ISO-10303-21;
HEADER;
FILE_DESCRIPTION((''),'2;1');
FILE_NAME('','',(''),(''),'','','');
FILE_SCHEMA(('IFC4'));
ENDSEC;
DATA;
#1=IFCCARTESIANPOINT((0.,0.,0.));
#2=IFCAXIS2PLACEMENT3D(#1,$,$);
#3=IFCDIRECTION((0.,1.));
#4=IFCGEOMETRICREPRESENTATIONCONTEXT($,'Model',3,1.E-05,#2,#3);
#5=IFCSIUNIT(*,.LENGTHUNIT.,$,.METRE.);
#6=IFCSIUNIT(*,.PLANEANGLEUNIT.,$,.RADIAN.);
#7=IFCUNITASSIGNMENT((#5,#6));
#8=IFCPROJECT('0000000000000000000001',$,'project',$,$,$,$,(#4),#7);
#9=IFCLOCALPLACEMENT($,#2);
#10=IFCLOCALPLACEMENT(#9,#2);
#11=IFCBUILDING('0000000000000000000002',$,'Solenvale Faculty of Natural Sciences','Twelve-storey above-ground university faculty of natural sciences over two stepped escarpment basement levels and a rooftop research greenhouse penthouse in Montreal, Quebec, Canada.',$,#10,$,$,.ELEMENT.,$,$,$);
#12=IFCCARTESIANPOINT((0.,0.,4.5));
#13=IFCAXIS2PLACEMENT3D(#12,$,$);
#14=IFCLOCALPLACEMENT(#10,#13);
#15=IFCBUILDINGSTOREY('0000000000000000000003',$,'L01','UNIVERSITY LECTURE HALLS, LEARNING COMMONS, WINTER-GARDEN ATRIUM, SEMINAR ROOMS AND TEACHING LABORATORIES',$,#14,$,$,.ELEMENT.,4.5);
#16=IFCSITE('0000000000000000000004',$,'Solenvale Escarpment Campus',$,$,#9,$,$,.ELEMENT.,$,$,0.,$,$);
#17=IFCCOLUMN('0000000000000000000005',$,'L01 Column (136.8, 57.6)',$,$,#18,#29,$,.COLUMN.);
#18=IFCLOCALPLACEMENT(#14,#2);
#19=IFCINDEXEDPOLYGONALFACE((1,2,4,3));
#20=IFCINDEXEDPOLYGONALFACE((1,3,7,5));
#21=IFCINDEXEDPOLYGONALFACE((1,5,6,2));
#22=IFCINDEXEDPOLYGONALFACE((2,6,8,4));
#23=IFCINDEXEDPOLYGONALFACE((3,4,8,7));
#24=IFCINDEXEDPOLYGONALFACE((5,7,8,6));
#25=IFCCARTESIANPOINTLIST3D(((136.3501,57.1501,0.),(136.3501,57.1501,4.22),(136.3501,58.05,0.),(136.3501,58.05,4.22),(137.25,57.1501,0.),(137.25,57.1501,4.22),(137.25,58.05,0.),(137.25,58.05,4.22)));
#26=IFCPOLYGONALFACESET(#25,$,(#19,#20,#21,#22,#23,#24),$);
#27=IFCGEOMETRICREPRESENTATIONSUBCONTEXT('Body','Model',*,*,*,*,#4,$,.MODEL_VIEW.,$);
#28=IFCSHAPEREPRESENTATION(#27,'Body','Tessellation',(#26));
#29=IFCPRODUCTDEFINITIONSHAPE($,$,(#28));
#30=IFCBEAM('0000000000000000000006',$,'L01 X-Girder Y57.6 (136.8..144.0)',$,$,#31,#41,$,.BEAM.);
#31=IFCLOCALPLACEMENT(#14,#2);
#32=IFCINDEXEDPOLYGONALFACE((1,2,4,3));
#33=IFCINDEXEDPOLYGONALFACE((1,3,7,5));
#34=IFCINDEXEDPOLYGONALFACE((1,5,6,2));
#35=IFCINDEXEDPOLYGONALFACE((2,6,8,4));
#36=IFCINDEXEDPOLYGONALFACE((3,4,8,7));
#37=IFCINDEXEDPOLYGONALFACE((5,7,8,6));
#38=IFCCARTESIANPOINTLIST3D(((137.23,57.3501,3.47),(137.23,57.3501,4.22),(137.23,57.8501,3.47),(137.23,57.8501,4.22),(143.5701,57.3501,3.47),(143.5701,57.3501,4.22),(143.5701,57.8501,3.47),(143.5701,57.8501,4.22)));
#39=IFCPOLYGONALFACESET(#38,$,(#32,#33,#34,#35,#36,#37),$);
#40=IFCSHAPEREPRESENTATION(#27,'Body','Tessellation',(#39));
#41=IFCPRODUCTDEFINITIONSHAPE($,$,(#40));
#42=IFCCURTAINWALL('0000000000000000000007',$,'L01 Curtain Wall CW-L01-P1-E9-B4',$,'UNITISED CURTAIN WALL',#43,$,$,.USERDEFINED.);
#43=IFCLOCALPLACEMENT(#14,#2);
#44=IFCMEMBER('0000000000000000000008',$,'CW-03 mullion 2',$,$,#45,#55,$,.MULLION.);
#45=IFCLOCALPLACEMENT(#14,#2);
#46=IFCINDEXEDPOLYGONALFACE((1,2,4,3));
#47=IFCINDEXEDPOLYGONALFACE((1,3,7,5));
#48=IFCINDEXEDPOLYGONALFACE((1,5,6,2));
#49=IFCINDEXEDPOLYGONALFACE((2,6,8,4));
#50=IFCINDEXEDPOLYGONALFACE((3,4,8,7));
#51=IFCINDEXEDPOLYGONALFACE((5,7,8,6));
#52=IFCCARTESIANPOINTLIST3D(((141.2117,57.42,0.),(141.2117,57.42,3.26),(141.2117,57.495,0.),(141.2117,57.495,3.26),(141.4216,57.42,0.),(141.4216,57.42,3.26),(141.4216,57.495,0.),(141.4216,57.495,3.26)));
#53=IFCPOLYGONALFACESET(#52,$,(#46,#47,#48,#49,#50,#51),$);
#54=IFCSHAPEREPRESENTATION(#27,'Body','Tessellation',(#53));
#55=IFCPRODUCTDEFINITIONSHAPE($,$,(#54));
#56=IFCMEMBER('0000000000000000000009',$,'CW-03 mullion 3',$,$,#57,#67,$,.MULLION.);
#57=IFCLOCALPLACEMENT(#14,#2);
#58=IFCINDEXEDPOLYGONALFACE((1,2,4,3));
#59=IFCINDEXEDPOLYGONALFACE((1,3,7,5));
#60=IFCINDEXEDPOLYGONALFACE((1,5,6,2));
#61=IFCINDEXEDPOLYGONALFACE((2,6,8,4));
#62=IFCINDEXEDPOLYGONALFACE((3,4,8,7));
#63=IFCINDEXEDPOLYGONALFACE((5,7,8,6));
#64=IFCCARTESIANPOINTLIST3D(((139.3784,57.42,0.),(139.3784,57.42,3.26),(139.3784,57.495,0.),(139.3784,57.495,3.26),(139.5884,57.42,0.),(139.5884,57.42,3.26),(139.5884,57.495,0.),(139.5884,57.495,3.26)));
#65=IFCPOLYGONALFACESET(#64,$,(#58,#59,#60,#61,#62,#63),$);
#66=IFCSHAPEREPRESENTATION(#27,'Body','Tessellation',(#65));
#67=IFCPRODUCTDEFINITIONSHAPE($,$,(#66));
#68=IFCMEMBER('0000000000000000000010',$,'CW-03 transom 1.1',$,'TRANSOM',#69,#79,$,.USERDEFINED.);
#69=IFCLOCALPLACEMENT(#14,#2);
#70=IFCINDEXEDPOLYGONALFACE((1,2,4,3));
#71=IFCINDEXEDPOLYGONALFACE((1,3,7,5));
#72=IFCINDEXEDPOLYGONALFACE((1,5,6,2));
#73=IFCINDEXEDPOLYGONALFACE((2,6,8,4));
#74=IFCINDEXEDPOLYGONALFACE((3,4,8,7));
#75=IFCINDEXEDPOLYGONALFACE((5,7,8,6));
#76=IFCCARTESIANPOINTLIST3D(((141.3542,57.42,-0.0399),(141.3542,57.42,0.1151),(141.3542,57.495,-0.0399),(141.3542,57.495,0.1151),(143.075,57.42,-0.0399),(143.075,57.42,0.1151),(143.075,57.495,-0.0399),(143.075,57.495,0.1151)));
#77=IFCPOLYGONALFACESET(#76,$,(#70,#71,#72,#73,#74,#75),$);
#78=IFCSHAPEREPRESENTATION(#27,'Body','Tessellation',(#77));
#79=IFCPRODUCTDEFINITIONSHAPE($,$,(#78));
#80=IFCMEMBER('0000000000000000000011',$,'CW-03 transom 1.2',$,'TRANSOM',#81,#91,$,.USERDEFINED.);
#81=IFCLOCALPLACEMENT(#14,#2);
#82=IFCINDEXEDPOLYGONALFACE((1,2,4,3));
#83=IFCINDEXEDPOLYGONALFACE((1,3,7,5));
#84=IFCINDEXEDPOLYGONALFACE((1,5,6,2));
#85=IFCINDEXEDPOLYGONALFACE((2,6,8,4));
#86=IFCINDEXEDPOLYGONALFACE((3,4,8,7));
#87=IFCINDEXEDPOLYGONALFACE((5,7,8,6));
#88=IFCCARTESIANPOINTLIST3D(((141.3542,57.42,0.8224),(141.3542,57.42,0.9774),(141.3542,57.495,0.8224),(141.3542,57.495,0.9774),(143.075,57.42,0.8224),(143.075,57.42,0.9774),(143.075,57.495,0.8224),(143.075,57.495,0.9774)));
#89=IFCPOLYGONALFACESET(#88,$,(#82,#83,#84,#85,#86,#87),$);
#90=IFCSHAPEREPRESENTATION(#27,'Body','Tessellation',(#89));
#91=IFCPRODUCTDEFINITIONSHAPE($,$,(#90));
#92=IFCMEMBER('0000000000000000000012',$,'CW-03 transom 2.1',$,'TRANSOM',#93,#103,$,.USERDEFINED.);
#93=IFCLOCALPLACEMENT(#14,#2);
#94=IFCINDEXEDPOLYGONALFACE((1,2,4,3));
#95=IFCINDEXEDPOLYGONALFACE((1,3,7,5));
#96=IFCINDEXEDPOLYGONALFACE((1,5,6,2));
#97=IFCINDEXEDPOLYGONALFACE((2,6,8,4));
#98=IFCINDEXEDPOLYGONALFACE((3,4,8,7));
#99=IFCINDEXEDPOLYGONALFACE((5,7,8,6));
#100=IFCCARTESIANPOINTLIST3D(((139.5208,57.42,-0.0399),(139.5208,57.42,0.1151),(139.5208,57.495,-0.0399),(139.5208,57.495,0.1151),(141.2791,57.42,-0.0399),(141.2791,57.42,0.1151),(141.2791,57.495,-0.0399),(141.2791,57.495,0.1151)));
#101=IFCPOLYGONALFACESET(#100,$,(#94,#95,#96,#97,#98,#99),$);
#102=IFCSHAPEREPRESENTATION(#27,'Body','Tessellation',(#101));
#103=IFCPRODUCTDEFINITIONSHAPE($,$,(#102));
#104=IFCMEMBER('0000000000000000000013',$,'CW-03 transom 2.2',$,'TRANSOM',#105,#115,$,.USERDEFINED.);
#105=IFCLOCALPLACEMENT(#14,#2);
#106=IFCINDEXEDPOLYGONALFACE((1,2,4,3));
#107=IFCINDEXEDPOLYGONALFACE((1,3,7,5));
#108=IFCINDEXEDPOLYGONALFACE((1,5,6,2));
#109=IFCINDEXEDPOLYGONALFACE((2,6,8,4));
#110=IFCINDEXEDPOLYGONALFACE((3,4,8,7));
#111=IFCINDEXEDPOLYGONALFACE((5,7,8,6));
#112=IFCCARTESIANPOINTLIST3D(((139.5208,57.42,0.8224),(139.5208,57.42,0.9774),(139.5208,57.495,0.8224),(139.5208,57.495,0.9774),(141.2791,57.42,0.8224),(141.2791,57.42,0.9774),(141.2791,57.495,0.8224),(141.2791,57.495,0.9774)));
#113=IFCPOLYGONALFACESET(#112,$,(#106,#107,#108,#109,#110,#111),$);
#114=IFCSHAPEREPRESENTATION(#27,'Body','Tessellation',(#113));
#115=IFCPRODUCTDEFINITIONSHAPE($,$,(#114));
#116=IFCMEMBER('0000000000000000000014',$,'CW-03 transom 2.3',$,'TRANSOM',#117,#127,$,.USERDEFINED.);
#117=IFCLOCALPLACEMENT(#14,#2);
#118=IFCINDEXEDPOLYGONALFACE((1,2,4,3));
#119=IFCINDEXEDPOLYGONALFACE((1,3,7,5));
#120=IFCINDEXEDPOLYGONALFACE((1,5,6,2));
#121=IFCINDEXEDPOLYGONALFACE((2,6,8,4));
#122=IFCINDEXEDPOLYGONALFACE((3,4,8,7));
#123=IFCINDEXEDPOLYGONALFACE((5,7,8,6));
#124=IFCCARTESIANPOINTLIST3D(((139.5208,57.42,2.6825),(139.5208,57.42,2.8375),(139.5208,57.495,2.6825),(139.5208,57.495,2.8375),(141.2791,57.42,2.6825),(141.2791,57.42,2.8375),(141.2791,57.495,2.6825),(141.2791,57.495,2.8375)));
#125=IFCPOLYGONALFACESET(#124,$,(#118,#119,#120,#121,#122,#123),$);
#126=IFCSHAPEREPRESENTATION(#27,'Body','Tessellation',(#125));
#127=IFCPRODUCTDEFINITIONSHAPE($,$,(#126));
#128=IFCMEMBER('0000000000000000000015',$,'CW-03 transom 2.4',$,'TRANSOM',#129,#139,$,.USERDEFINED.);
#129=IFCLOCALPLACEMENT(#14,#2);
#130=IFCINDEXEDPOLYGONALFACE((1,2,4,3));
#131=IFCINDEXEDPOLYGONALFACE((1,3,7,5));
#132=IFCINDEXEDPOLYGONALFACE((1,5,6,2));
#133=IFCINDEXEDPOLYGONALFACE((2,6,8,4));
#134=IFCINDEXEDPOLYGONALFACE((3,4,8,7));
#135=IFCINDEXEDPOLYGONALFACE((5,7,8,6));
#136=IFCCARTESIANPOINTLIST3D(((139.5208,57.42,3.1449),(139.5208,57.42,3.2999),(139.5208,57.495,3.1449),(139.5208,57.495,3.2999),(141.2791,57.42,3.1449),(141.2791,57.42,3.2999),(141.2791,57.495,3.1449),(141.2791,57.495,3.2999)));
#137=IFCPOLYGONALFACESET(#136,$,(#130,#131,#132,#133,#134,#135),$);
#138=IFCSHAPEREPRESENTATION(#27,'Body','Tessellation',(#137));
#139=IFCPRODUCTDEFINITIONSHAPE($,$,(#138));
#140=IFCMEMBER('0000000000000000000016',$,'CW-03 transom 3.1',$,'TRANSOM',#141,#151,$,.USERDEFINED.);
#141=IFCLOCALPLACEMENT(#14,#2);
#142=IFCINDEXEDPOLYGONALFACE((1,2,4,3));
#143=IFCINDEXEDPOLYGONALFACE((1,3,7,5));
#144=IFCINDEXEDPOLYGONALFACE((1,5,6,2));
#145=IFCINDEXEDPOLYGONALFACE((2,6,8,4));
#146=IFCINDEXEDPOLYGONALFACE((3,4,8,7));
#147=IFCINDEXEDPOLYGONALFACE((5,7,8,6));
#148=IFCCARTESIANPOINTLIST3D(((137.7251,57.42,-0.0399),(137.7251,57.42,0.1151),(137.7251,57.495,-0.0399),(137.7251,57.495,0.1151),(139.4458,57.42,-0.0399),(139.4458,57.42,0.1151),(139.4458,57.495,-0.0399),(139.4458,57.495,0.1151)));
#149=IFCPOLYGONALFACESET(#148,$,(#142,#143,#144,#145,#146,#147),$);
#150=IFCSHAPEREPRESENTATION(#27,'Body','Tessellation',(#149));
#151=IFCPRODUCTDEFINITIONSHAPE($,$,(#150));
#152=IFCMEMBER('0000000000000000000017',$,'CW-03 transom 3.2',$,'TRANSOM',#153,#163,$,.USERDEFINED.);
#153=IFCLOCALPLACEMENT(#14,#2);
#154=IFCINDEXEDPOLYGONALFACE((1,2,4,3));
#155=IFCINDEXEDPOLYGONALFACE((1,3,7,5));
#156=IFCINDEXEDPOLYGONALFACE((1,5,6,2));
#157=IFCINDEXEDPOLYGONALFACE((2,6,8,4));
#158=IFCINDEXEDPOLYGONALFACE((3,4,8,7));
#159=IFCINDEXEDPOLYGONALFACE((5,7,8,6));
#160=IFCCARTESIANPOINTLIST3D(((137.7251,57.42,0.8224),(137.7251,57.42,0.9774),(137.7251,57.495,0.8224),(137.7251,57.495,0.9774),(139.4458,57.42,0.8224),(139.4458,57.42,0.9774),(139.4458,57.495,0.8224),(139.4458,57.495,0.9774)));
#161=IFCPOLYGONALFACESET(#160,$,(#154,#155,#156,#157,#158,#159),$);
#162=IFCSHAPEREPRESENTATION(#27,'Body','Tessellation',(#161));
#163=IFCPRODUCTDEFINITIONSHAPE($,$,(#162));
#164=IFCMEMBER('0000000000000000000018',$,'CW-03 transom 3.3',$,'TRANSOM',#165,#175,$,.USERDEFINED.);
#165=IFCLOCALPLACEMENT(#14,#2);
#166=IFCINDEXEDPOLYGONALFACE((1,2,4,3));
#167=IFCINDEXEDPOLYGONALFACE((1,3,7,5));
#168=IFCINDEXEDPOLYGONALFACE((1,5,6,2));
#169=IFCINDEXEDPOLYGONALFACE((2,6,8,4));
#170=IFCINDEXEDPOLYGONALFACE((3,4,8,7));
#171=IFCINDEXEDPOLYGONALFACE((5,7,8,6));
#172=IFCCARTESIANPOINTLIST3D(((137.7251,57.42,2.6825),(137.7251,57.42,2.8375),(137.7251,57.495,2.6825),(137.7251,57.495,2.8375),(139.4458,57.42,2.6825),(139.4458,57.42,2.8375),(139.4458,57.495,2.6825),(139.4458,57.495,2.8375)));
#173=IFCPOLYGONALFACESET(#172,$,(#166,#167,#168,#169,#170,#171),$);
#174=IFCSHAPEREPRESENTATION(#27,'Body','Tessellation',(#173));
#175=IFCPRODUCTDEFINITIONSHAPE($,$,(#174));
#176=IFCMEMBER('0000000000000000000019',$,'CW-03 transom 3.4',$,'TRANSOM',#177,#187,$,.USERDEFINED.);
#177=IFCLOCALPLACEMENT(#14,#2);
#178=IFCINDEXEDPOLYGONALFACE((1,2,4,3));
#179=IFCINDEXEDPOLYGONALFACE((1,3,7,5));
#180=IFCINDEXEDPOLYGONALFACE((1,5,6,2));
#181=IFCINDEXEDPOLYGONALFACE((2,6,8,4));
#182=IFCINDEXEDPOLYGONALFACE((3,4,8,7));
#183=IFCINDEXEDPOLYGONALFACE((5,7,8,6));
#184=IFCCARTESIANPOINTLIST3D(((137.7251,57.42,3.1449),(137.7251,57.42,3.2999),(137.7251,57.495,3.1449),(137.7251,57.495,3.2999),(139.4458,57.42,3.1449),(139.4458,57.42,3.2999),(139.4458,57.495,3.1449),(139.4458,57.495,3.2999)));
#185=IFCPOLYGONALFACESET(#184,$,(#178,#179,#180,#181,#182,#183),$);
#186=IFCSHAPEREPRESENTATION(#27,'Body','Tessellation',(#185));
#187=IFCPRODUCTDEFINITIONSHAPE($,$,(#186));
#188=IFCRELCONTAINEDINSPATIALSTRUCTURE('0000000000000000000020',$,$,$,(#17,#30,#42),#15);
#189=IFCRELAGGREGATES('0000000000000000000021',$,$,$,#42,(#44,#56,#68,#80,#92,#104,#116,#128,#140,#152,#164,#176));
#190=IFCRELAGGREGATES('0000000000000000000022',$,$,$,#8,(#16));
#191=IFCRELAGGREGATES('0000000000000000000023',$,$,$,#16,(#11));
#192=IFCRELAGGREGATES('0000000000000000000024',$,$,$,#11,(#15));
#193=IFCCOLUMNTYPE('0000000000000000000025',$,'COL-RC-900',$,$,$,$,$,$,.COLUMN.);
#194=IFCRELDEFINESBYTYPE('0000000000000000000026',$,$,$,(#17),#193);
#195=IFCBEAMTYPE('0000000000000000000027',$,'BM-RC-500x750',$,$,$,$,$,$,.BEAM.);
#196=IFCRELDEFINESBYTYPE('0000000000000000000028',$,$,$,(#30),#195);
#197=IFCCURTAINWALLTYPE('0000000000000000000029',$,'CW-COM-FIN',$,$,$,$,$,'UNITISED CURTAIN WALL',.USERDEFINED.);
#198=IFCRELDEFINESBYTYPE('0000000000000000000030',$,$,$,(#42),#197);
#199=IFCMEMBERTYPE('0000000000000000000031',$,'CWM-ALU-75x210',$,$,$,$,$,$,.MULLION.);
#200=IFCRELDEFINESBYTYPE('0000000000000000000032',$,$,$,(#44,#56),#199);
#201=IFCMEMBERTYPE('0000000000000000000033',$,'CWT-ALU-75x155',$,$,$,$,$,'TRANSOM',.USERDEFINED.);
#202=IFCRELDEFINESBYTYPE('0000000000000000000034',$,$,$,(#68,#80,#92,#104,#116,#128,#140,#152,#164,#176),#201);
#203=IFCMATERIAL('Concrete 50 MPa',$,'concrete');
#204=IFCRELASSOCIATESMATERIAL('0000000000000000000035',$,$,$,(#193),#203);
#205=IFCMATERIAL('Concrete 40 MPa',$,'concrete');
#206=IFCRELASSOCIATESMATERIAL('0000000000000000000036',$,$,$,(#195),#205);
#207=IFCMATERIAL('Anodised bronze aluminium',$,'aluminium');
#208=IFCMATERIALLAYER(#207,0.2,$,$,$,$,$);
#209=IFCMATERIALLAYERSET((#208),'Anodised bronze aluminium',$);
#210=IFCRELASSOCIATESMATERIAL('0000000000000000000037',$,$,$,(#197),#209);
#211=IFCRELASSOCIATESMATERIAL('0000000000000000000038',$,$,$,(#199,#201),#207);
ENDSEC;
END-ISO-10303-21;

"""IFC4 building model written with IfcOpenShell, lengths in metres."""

from ifc_helpers import new_model, si_unit, direction, frame, origin, origin_2d, place, context, subcontext, project, spatial, rectangle, extrude, material, layer, layer_set, material_profile, profile_set, type_object, element, aggregate, save


model = new_model("IFC4")

# Units and contexts
model_context = context("Model", 3, precision=1e-05, world=origin(), true_north=direction((0.0, 1.0)))
body_context = subcontext(model_context, "Body", "Model", "MODEL_VIEW")
ifc_project = project(units=[si_unit("LENGTHUNIT", "METRE"), si_unit("PLANEANGLEUNIT", "RADIAN")], contexts=[model_context])

# Site, building, storey
site_placement = place(None, origin())
site = spatial("IfcSite", under=ifc_project, at=site_placement, Name="Solenvale Escarpment Campus", CompositionType="ELEMENT", RefElevation=0.0)
building_placement = place(site_placement, origin())
building = spatial("IfcBuilding", under=site, at=building_placement, Name="Solenvale Faculty of Natural Sciences", Description="Twelve-storey above-ground university faculty of natural sciences over two stepped escarpment basement levels and a rooftop research greenhouse penthouse in Montreal, Quebec, Canada.", CompositionType="ELEMENT")
storey_placement = place(building_placement, frame((0.0, 0.0, 4.5)))
storey = spatial("IfcBuildingStorey", under=building, at=storey_placement, Name="L01", Description="UNIVERSITY LECTURE HALLS, LEARNING COMMONS, WINTER-GARDEN ATRIUM, SEMINAR ROOMS AND TEACHING LABORATORIES", CompositionType="ELEMENT", Elevation=4.5)

# Column
ifc_material_1 = material(Name="Concrete 50 MPa", Category="concrete")
ifc_material_profile_1 = material_profile(ifc_material_1, rectangle(XDim=0.8999, YDim=0.8999, at=origin_2d()), Name="RC-COL-900x900")
ifc_profile_set_1 = profile_set([ifc_material_profile_1], Name="Concrete 50 MPa")
column_type = type_object("IfcColumnType", Name="COL-RC-900", PredefinedType="COLUMN", material=ifc_profile_set_1)
column_placement = place(storey_placement, frame((136.8, 57.6001, 0.0), z_axis=(0.0, 0.0, 1.0), x_axis=(1.0, 0.0, 0.0)))
element("IfcColumn", 1, at=column_placement, inside=storey, type_object=column_type, Name="L01 Column (136.8, 57.6)", PredefinedType="COLUMN", context=body_context, shape_type="SweptSolid", body=[
    extrude(rectangle(XDim=0.8999, YDim=0.8999, at=origin_2d()), origin(), (0.0, 0.0, 1.0), 4.22),
])

# Beam
ifc_material_2 = material(Name="Concrete 40 MPa", Category="concrete")
ifc_material_profile_2 = material_profile(ifc_material_2, rectangle(XDim=0.5, YDim=0.75, at=origin_2d()), Name="RC-BM-500x750")
ifc_profile_set_2 = profile_set([ifc_material_profile_2], Name="Concrete 40 MPa")
beam_type = type_object("IfcBeamType", Name="BM-RC-500x750", PredefinedType="BEAM", material=ifc_profile_set_2)
beam_placement = place(storey_placement, frame((137.23, 57.6001, 3.845), z_axis=(1.0, 0.0, 0.0), x_axis=(0.0, 1.0, 0.0)))
element("IfcBeam", 2, at=beam_placement, inside=storey, type_object=beam_type, Name="L01 X-Girder Y57.6 (136.8..144.0)", PredefinedType="BEAM", context=body_context, shape_type="SweptSolid", body=[
    extrude(rectangle(XDim=0.5, YDim=0.75, at=origin_2d()), origin(), (0.0, 0.0, 1.0), 6.3401),
])

# Curtain wall, members
ifc_material_3 = material(Name="Anodised bronze aluminium", Category="aluminium")
ifc_layer_1 = layer(ifc_material_3, 0.2)
ifc_layer_set_1 = layer_set([ifc_layer_1], Name="Anodised bronze aluminium")
curtain_wall_type = type_object("IfcCurtainWallType", Name="CW-COM-FIN", ElementType="UNITISED CURTAIN WALL", PredefinedType="USERDEFINED", material=ifc_layer_set_1)
curtain_wall_placement = place(storey_placement, origin())
curtain_wall = element("IfcCurtainWall", 3, at=curtain_wall_placement, inside=storey, type_object=curtain_wall_type, Name="L01 Curtain Wall CW-L01-P1-E9-B4", ObjectType="UNITISED CURTAIN WALL", PredefinedType="USERDEFINED")
ifc_material_profile_3 = material_profile(ifc_material_3, rectangle(XDim=0.075, YDim=0.21, at=origin_2d()), Name="ALU-MUL-75x210")
ifc_profile_set_3 = profile_set([ifc_material_profile_3], Name="Anodised bronze aluminium")
member_type_1 = type_object("IfcMemberType", Name="CWM-ALU-75x210", PredefinedType="MULLION", material=ifc_profile_set_3)
member_1_placement = place(storey_placement, frame((141.3167, 57.4575, 0.0), z_axis=(0.0, 0.0, 1.0), x_axis=(0.0, -1.0, 0.0)))
member_1 = element("IfcMember", 4, at=member_1_placement, type_object=member_type_1, Name="CW-03 mullion 2", PredefinedType="MULLION", context=body_context, shape_type="SweptSolid", body=[
    extrude(rectangle(XDim=0.075, YDim=0.21, at=origin_2d()), origin(), (0.0, 0.0, 1.0), 3.26),
])
member_2_placement = place(storey_placement, frame((139.4834, 57.4575, 0.0), z_axis=(0.0, 0.0, 1.0), x_axis=(0.0, -1.0, 0.0)))
member_2 = element("IfcMember", 5, at=member_2_placement, type_object=member_type_1, Name="CW-03 mullion 3", PredefinedType="MULLION", context=body_context, shape_type="SweptSolid", body=[
    extrude(rectangle(XDim=0.075, YDim=0.21, at=origin_2d()), origin(), (0.0, 0.0, 1.0), 3.26),
])
ifc_material_profile_4 = material_profile(ifc_material_3, rectangle(XDim=0.075, YDim=0.155, at=origin_2d()), Name="ALU-TRN-75x155")
ifc_profile_set_4 = profile_set([ifc_material_profile_4], Name="Anodised bronze aluminium")
member_type_2 = type_object("IfcMemberType", Name="CWT-ALU-75x155", ElementType="TRANSOM", PredefinedType="USERDEFINED", material=ifc_profile_set_4)
member_3_placement = place(storey_placement, frame((143.075, 57.4575, 0.0376), z_axis=(-1.0, 0.0, 0.0), x_axis=(0.0, -1.0, 0.0)))
member_3 = element("IfcMember", 6, at=member_3_placement, type_object=member_type_2, Name="CW-03 transom 1.1", ObjectType="TRANSOM", PredefinedType="USERDEFINED", context=body_context, shape_type="SweptSolid", body=[
    extrude(rectangle(XDim=0.075, YDim=0.155, at=origin_2d()), origin(), (0.0, 0.0, 1.0), 1.7207),
])
member_4_placement = place(storey_placement, frame((143.075, 57.4575, 0.8999), z_axis=(-1.0, 0.0, 0.0), x_axis=(0.0, -1.0, 0.0)))
member_4 = element("IfcMember", 7, at=member_4_placement, type_object=member_type_2, Name="CW-03 transom 1.2", ObjectType="TRANSOM", PredefinedType="USERDEFINED", context=body_context, shape_type="SweptSolid", body=[
    extrude(rectangle(XDim=0.075, YDim=0.155, at=origin_2d()), origin(), (0.0, 0.0, 1.0), 1.7207),
])
member_5_placement = place(storey_placement, frame((141.2791, 57.4575, 0.0376), z_axis=(-1.0, 0.0, 0.0), x_axis=(0.0, -1.0, 0.0)))
member_5 = element("IfcMember", 8, at=member_5_placement, type_object=member_type_2, Name="CW-03 transom 2.1", ObjectType="TRANSOM", PredefinedType="USERDEFINED", context=body_context, shape_type="SweptSolid", body=[
    extrude(rectangle(XDim=0.075, YDim=0.155, at=origin_2d()), origin(), (0.0, 0.0, 1.0), 1.7583),
])
member_6_placement = place(storey_placement, frame((141.2791, 57.4575, 0.8999), z_axis=(-1.0, 0.0, 0.0), x_axis=(0.0, -1.0, 0.0)))
member_6 = element("IfcMember", 9, at=member_6_placement, type_object=member_type_2, Name="CW-03 transom 2.2", ObjectType="TRANSOM", PredefinedType="USERDEFINED", context=body_context, shape_type="SweptSolid", body=[
    extrude(rectangle(XDim=0.075, YDim=0.155, at=origin_2d()), origin(), (0.0, 0.0, 1.0), 1.7583),
])
member_7_placement = place(storey_placement, frame((141.2791, 57.4575, 2.76), z_axis=(-1.0, 0.0, 0.0), x_axis=(0.0, -1.0, 0.0)))
member_7 = element("IfcMember", 10, at=member_7_placement, type_object=member_type_2, Name="CW-03 transom 2.3", ObjectType="TRANSOM", PredefinedType="USERDEFINED", context=body_context, shape_type="SweptSolid", body=[
    extrude(rectangle(XDim=0.075, YDim=0.155, at=origin_2d()), origin(), (0.0, 0.0, 1.0), 1.7583),
])
member_8_placement = place(storey_placement, frame((141.2791, 57.4575, 3.2224), z_axis=(-1.0, 0.0, 0.0), x_axis=(0.0, -1.0, 0.0)))
member_8 = element("IfcMember", 11, at=member_8_placement, type_object=member_type_2, Name="CW-03 transom 2.4", ObjectType="TRANSOM", PredefinedType="USERDEFINED", context=body_context, shape_type="SweptSolid", body=[
    extrude(rectangle(XDim=0.075, YDim=0.155, at=origin_2d()), origin(), (0.0, 0.0, 1.0), 1.7583),
])
member_9_placement = place(storey_placement, frame((139.4458, 57.4575, 0.0376), z_axis=(-1.0, 0.0, 0.0), x_axis=(0.0, -1.0, 0.0)))
member_9 = element("IfcMember", 12, at=member_9_placement, type_object=member_type_2, Name="CW-03 transom 3.1", ObjectType="TRANSOM", PredefinedType="USERDEFINED", context=body_context, shape_type="SweptSolid", body=[
    extrude(rectangle(XDim=0.075, YDim=0.155, at=origin_2d()), origin(), (0.0, 0.0, 1.0), 1.7207),
])
member_10_placement = place(storey_placement, frame((139.4458, 57.4575, 0.8999), z_axis=(-1.0, 0.0, 0.0), x_axis=(0.0, -1.0, 0.0)))
member_10 = element("IfcMember", 13, at=member_10_placement, type_object=member_type_2, Name="CW-03 transom 3.2", ObjectType="TRANSOM", PredefinedType="USERDEFINED", context=body_context, shape_type="SweptSolid", body=[
    extrude(rectangle(XDim=0.075, YDim=0.155, at=origin_2d()), origin(), (0.0, 0.0, 1.0), 1.7207),
])
member_11_placement = place(storey_placement, frame((139.4458, 57.4575, 2.76), z_axis=(-1.0, 0.0, 0.0), x_axis=(0.0, -1.0, 0.0)))
member_11 = element("IfcMember", 14, at=member_11_placement, type_object=member_type_2, Name="CW-03 transom 3.3", ObjectType="TRANSOM", PredefinedType="USERDEFINED", context=body_context, shape_type="SweptSolid", body=[
    extrude(rectangle(XDim=0.075, YDim=0.155, at=origin_2d()), origin(), (0.0, 0.0, 1.0), 1.7207),
])
member_12_placement = place(storey_placement, frame((139.4458, 57.4575, 3.2224), z_axis=(-1.0, 0.0, 0.0), x_axis=(0.0, -1.0, 0.0)))
member_12 = element("IfcMember", 15, at=member_12_placement, type_object=member_type_2, Name="CW-03 transom 3.4", ObjectType="TRANSOM", PredefinedType="USERDEFINED", context=body_context, shape_type="SweptSolid", body=[
    extrude(rectangle(XDim=0.075, YDim=0.155, at=origin_2d()), origin(), (0.0, 0.0, 1.0), 1.7207),
])
aggregate(curtain_wall, [member_1, member_2, member_3, member_4, member_5, member_6, member_7, member_8, member_9, member_10, member_11, member_12])

save(model, "model.ifc")
